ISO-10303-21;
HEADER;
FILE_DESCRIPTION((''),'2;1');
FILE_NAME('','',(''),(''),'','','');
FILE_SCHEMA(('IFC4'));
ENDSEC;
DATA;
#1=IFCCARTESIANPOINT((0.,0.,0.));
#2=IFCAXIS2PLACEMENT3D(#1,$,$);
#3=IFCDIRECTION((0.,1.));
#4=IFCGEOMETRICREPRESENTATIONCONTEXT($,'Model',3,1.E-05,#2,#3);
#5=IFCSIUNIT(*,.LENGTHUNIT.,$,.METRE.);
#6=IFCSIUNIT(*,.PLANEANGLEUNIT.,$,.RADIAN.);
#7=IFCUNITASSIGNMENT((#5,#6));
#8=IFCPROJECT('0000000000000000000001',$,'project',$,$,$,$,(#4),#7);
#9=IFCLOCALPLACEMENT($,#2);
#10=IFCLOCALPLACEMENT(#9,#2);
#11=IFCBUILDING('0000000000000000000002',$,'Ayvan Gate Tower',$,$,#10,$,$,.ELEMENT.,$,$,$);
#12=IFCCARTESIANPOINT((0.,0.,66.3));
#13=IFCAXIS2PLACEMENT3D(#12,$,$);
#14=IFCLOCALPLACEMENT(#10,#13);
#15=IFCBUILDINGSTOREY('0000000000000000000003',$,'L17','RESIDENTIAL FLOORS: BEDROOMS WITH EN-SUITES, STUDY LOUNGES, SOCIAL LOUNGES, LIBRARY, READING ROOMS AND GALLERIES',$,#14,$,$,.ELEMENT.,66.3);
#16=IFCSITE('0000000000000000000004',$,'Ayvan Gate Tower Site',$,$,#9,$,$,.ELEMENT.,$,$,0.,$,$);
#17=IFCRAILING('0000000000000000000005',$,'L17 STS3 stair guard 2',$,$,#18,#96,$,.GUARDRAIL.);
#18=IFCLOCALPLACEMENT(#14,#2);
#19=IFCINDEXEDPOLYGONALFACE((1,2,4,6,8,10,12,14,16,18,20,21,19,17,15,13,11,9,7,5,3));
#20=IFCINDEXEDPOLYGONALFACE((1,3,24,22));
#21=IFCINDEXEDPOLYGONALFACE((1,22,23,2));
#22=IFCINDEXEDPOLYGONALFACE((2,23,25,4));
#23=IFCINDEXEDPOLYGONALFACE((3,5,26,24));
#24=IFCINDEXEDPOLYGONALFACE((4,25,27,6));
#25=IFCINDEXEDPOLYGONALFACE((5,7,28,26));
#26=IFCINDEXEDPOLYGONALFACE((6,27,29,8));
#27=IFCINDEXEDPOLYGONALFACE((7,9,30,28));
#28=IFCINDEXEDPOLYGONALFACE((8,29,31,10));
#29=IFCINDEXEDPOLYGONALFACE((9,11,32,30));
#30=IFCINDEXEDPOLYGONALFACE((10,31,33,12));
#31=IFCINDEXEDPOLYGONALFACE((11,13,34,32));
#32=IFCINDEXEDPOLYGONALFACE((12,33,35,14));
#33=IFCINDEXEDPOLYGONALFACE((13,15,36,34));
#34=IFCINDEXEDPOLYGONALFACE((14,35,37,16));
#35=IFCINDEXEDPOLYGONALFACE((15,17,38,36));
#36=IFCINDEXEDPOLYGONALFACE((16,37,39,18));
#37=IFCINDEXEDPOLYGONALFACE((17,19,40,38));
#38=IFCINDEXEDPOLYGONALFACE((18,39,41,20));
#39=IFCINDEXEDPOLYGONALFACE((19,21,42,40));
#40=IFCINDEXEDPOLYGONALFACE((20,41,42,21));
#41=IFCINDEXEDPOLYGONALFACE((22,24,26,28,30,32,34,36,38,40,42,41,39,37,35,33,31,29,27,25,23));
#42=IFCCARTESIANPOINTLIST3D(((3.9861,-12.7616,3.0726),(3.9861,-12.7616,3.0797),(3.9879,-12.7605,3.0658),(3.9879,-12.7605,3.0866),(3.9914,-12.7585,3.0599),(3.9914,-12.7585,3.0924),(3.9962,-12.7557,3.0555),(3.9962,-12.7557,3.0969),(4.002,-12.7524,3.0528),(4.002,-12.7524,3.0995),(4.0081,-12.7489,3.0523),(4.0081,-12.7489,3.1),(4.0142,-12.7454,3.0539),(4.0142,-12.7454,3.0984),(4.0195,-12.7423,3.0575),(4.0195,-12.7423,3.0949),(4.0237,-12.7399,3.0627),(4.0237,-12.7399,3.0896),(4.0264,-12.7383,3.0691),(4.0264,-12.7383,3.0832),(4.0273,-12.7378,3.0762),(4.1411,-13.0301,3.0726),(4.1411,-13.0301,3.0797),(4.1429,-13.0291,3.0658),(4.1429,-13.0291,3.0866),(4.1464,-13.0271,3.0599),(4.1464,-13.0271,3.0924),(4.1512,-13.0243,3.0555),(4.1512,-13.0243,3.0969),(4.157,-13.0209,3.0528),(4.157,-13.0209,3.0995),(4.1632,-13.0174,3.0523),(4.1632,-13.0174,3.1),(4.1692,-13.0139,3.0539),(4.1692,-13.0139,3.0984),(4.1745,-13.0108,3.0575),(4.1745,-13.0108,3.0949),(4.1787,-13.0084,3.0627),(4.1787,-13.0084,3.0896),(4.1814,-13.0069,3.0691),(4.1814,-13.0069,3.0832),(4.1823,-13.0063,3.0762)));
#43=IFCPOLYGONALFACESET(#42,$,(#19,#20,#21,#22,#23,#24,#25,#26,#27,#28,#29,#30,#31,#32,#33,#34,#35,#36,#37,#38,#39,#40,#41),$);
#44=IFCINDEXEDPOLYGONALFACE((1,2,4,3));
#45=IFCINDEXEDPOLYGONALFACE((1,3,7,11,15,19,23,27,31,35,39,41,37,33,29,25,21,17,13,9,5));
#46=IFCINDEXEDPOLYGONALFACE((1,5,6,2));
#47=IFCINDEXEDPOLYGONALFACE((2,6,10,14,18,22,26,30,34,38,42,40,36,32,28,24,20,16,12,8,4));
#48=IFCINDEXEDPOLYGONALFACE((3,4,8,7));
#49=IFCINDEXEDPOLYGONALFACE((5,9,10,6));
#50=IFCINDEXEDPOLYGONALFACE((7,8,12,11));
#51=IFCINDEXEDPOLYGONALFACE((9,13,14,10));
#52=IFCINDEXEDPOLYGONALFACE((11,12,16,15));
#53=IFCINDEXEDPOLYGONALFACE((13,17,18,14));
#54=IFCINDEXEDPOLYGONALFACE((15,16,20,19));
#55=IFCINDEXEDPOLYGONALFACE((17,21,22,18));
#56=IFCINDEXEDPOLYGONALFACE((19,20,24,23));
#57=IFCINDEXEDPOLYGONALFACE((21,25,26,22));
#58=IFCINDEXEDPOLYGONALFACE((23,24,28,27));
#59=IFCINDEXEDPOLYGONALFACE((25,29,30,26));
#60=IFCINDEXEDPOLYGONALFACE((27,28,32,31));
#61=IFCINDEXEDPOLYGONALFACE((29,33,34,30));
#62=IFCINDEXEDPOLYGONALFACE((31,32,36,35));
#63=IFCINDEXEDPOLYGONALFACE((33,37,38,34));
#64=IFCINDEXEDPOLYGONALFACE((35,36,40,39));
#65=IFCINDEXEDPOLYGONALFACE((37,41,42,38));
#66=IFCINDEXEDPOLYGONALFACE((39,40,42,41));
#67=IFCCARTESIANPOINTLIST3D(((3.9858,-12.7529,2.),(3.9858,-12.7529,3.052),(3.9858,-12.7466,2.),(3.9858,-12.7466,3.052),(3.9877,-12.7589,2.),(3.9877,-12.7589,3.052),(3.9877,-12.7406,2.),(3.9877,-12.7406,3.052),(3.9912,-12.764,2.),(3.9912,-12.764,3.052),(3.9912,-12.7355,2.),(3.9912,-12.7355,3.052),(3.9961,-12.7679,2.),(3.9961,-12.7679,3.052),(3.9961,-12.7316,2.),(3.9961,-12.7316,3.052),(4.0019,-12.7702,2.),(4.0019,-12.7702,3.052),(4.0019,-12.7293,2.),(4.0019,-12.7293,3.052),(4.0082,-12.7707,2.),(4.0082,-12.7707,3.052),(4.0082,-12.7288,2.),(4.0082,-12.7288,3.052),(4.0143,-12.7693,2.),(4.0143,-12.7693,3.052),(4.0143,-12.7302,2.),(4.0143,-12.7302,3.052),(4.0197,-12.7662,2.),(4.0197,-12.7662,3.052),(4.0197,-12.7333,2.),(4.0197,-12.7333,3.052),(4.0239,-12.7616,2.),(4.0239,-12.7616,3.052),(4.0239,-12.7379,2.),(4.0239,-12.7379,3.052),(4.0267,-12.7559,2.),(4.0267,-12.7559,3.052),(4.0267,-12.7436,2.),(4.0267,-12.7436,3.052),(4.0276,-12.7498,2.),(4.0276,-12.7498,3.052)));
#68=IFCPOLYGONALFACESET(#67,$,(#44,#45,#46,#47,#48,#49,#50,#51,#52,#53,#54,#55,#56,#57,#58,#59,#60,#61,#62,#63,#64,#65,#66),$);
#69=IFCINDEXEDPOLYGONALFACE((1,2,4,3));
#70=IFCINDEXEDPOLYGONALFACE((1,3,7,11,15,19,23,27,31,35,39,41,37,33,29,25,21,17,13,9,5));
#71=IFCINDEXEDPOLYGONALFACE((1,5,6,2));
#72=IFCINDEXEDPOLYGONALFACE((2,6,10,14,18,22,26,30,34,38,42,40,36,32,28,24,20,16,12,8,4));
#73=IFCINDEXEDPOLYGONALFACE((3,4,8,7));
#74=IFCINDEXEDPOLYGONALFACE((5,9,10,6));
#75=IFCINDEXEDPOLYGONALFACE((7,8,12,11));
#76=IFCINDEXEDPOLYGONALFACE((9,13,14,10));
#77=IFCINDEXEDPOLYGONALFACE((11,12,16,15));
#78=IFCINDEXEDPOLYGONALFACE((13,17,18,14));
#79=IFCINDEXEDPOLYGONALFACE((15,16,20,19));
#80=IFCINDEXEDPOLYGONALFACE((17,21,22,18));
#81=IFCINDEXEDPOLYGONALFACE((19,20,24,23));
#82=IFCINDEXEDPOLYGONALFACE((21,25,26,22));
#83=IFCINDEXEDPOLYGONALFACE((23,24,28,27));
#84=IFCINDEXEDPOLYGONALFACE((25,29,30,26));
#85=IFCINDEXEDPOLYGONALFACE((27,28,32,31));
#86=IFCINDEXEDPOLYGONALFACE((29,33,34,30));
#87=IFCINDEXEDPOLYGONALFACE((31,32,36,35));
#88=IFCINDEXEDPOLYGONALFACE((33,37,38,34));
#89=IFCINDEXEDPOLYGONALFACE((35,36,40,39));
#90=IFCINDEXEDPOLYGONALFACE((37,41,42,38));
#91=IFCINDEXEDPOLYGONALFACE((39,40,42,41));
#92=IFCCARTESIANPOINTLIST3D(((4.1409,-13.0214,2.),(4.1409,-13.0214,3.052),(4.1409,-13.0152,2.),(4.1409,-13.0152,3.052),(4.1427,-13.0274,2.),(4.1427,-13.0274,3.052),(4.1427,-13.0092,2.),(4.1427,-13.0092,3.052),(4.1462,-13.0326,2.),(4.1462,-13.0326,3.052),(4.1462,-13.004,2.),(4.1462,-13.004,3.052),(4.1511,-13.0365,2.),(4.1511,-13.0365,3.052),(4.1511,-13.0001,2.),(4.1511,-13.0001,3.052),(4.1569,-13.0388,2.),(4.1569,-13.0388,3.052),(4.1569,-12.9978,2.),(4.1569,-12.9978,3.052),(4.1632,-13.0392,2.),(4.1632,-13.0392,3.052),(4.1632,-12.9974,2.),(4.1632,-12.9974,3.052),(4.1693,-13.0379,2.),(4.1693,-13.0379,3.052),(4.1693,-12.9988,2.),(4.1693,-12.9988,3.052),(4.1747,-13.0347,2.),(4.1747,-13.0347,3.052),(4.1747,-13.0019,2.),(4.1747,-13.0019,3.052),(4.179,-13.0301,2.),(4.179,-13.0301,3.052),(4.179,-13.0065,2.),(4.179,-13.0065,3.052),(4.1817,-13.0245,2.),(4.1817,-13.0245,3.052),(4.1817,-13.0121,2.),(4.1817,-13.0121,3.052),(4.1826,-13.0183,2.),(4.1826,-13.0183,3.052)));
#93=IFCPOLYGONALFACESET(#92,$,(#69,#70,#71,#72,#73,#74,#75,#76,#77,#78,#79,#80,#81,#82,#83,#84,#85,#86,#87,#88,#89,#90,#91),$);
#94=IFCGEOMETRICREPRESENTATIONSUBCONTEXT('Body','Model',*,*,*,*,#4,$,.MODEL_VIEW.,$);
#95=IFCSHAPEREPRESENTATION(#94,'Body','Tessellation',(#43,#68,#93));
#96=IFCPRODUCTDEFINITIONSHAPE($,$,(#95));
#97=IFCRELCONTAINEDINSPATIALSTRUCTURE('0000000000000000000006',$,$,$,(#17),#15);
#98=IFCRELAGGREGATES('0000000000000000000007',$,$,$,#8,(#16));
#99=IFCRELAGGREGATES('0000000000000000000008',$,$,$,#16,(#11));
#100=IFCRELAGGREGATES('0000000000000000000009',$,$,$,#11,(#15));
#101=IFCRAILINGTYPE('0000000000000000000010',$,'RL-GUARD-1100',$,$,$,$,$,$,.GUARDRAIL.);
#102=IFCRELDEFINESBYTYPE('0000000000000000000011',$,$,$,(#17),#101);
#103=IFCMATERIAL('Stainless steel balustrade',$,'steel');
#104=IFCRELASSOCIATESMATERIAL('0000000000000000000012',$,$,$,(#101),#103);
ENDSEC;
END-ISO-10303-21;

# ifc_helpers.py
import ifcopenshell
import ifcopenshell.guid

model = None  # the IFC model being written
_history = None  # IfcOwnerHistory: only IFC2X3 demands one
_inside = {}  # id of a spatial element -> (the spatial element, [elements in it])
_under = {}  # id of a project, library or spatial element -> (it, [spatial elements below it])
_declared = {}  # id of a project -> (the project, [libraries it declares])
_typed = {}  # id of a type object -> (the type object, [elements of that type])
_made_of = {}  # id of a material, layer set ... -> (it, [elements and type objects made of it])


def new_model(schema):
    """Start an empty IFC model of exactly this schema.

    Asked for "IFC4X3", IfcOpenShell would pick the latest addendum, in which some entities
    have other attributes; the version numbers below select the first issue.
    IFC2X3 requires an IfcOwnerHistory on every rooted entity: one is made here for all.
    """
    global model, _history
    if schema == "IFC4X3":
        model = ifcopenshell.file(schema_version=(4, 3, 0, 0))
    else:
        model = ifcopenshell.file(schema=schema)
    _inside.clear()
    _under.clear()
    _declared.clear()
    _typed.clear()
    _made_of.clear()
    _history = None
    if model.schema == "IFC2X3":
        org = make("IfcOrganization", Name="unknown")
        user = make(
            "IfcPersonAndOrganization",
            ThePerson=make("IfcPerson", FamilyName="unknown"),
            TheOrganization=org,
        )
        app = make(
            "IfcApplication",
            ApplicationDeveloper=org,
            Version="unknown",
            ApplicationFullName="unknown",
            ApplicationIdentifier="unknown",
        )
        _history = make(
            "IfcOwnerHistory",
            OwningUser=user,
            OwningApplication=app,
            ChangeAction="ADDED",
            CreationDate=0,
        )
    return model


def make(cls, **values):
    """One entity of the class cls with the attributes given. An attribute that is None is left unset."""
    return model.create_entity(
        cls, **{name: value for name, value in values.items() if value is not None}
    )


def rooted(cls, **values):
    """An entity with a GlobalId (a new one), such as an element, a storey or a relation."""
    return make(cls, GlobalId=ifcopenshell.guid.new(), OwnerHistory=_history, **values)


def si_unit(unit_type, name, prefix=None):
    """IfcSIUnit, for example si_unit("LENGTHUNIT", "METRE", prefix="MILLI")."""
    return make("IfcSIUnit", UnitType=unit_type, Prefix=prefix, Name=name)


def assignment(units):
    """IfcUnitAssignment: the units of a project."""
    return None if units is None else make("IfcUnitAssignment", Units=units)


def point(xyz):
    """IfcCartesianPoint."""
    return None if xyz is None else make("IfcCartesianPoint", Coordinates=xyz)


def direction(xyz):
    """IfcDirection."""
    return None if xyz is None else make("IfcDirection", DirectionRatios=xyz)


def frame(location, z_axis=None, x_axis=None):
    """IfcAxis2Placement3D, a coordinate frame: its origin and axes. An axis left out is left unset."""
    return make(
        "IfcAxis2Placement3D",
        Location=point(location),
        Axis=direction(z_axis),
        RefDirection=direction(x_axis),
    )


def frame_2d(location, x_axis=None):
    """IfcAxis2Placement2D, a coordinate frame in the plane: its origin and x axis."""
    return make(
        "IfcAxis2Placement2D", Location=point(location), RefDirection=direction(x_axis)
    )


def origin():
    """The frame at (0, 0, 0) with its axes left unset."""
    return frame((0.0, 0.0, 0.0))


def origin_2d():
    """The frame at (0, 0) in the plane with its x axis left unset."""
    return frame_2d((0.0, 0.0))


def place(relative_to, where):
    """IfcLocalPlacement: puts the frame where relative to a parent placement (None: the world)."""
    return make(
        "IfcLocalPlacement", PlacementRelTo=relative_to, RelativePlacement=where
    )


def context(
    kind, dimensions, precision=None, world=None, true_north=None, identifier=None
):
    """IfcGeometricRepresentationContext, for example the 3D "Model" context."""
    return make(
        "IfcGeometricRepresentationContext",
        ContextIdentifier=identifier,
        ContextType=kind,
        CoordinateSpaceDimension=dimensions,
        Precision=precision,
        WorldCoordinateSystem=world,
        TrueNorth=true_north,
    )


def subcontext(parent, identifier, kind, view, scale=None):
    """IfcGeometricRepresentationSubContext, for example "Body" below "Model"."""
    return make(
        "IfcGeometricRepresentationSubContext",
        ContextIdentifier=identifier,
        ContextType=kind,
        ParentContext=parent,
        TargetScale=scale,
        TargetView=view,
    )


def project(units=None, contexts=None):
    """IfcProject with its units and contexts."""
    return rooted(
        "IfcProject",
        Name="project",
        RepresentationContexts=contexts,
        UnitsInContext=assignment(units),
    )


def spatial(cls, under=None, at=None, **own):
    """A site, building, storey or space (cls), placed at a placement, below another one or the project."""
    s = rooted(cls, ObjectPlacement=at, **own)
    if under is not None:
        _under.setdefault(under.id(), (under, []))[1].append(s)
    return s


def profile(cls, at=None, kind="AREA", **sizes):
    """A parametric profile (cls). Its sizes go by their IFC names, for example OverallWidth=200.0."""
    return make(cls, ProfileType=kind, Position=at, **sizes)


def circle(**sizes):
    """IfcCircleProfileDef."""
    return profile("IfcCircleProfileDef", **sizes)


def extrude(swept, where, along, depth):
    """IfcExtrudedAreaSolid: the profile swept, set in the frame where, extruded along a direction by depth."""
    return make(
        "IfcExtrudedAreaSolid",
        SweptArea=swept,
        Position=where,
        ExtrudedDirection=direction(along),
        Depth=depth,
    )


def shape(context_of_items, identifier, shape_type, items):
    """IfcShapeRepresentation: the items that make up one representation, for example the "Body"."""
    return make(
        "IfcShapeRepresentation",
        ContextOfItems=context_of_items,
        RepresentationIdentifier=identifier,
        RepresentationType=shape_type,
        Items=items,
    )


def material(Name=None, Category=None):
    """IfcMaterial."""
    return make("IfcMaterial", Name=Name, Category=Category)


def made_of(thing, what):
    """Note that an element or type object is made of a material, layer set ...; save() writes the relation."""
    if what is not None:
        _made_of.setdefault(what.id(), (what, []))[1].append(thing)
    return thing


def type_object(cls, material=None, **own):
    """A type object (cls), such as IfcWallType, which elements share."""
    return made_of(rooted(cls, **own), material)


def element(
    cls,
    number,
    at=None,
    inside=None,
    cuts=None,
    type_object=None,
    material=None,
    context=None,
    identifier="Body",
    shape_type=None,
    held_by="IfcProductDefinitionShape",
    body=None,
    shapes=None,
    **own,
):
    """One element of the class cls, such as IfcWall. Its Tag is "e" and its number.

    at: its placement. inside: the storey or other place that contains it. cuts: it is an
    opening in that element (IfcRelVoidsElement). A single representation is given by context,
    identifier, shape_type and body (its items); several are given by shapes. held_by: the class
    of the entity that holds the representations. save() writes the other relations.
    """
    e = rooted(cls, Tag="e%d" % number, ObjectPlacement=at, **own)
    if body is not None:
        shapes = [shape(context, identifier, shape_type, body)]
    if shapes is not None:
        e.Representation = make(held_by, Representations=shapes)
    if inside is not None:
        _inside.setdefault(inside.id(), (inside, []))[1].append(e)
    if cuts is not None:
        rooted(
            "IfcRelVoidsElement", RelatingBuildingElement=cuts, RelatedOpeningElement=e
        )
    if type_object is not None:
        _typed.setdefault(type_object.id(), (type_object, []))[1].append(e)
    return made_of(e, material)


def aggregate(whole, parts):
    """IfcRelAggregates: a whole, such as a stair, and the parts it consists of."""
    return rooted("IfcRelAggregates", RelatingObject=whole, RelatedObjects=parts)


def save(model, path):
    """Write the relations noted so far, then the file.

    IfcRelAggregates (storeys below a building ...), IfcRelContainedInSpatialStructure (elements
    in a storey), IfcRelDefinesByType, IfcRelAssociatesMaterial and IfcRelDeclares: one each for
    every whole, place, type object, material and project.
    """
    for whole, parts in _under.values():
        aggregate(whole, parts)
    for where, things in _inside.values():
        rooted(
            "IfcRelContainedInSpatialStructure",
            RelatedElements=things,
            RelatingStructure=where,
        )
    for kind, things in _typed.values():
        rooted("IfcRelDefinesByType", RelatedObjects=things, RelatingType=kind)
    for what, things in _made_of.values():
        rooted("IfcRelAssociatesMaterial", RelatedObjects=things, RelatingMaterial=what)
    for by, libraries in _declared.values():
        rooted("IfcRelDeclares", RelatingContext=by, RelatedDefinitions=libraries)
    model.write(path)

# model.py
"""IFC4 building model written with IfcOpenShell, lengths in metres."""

from ifc_helpers import new_model, si_unit, direction, frame, origin, origin_2d, place, context, subcontext, project, spatial, circle, extrude, material, type_object, element, save


model = new_model("IFC4")

# Units and contexts
model_context = context("Model", 3, precision=1e-05, world=origin(), true_north=direction((0.0, 1.0)))
body_context = subcontext(model_context, "Body", "Model", "MODEL_VIEW")
ifc_project = project(units=[si_unit("LENGTHUNIT", "METRE"), si_unit("PLANEANGLEUNIT", "RADIAN")], contexts=[model_context])

# Site, building, storey
site_placement = place(None, origin())
site = spatial("IfcSite", under=ifc_project, at=site_placement, Name="Ayvan Gate Tower Site", CompositionType="ELEMENT", RefElevation=0.0)
building_placement = place(site_placement, origin())
building = spatial("IfcBuilding", under=site, at=building_placement, Name="Ayvan Gate Tower", CompositionType="ELEMENT")
storey_placement = place(building_placement, frame((0.0, 0.0, 66.3)))
storey = spatial("IfcBuildingStorey", under=building, at=storey_placement, Name="L17", Description="RESIDENTIAL FLOORS: BEDROOMS WITH EN-SUITES, STUDY LOUNGES, SOCIAL LOUNGES, LIBRARY, READING ROOMS AND GALLERIES", CompositionType="ELEMENT", Elevation=66.3)

# Railing
ifc_material_1 = material(Name="Stainless steel balustrade", Category="steel")
railing_type_1 = type_object("IfcRailingType", Name="RL-GUARD-1100", PredefinedType="GUARDRAIL", material=ifc_material_1)
railing_1_placement = place(storey_placement, frame((4.0066, -12.7498, 2.0)))
element("IfcRailing", 1, at=railing_1_placement, inside=storey, type_object=railing_type_1, Name="L17 STS3 stair guard 2", PredefinedType="GUARDRAIL", context=body_context, shape_type="SweptSolid", body=[
    extrude(circle(Radius=0.0239, at=origin_2d()), frame((0.0, 0.0, 1.0762), z_axis=(0.49995, -0.866054, 0.0), x_axis=(0.866054, 0.49995, 0.0)), (0.0, 0.0, 1.0), 0.3101),
    extrude(circle(Radius=0.021, at=origin_2d()), origin(), (0.0, 0.0, 1.0), 1.052),
    extrude(circle(Radius=0.021, at=origin_2d()), frame((0.155, -0.2686, 0.0)), (0.0, 0.0, 1.0), 1.052),
])

save(model, "model.ifc")
